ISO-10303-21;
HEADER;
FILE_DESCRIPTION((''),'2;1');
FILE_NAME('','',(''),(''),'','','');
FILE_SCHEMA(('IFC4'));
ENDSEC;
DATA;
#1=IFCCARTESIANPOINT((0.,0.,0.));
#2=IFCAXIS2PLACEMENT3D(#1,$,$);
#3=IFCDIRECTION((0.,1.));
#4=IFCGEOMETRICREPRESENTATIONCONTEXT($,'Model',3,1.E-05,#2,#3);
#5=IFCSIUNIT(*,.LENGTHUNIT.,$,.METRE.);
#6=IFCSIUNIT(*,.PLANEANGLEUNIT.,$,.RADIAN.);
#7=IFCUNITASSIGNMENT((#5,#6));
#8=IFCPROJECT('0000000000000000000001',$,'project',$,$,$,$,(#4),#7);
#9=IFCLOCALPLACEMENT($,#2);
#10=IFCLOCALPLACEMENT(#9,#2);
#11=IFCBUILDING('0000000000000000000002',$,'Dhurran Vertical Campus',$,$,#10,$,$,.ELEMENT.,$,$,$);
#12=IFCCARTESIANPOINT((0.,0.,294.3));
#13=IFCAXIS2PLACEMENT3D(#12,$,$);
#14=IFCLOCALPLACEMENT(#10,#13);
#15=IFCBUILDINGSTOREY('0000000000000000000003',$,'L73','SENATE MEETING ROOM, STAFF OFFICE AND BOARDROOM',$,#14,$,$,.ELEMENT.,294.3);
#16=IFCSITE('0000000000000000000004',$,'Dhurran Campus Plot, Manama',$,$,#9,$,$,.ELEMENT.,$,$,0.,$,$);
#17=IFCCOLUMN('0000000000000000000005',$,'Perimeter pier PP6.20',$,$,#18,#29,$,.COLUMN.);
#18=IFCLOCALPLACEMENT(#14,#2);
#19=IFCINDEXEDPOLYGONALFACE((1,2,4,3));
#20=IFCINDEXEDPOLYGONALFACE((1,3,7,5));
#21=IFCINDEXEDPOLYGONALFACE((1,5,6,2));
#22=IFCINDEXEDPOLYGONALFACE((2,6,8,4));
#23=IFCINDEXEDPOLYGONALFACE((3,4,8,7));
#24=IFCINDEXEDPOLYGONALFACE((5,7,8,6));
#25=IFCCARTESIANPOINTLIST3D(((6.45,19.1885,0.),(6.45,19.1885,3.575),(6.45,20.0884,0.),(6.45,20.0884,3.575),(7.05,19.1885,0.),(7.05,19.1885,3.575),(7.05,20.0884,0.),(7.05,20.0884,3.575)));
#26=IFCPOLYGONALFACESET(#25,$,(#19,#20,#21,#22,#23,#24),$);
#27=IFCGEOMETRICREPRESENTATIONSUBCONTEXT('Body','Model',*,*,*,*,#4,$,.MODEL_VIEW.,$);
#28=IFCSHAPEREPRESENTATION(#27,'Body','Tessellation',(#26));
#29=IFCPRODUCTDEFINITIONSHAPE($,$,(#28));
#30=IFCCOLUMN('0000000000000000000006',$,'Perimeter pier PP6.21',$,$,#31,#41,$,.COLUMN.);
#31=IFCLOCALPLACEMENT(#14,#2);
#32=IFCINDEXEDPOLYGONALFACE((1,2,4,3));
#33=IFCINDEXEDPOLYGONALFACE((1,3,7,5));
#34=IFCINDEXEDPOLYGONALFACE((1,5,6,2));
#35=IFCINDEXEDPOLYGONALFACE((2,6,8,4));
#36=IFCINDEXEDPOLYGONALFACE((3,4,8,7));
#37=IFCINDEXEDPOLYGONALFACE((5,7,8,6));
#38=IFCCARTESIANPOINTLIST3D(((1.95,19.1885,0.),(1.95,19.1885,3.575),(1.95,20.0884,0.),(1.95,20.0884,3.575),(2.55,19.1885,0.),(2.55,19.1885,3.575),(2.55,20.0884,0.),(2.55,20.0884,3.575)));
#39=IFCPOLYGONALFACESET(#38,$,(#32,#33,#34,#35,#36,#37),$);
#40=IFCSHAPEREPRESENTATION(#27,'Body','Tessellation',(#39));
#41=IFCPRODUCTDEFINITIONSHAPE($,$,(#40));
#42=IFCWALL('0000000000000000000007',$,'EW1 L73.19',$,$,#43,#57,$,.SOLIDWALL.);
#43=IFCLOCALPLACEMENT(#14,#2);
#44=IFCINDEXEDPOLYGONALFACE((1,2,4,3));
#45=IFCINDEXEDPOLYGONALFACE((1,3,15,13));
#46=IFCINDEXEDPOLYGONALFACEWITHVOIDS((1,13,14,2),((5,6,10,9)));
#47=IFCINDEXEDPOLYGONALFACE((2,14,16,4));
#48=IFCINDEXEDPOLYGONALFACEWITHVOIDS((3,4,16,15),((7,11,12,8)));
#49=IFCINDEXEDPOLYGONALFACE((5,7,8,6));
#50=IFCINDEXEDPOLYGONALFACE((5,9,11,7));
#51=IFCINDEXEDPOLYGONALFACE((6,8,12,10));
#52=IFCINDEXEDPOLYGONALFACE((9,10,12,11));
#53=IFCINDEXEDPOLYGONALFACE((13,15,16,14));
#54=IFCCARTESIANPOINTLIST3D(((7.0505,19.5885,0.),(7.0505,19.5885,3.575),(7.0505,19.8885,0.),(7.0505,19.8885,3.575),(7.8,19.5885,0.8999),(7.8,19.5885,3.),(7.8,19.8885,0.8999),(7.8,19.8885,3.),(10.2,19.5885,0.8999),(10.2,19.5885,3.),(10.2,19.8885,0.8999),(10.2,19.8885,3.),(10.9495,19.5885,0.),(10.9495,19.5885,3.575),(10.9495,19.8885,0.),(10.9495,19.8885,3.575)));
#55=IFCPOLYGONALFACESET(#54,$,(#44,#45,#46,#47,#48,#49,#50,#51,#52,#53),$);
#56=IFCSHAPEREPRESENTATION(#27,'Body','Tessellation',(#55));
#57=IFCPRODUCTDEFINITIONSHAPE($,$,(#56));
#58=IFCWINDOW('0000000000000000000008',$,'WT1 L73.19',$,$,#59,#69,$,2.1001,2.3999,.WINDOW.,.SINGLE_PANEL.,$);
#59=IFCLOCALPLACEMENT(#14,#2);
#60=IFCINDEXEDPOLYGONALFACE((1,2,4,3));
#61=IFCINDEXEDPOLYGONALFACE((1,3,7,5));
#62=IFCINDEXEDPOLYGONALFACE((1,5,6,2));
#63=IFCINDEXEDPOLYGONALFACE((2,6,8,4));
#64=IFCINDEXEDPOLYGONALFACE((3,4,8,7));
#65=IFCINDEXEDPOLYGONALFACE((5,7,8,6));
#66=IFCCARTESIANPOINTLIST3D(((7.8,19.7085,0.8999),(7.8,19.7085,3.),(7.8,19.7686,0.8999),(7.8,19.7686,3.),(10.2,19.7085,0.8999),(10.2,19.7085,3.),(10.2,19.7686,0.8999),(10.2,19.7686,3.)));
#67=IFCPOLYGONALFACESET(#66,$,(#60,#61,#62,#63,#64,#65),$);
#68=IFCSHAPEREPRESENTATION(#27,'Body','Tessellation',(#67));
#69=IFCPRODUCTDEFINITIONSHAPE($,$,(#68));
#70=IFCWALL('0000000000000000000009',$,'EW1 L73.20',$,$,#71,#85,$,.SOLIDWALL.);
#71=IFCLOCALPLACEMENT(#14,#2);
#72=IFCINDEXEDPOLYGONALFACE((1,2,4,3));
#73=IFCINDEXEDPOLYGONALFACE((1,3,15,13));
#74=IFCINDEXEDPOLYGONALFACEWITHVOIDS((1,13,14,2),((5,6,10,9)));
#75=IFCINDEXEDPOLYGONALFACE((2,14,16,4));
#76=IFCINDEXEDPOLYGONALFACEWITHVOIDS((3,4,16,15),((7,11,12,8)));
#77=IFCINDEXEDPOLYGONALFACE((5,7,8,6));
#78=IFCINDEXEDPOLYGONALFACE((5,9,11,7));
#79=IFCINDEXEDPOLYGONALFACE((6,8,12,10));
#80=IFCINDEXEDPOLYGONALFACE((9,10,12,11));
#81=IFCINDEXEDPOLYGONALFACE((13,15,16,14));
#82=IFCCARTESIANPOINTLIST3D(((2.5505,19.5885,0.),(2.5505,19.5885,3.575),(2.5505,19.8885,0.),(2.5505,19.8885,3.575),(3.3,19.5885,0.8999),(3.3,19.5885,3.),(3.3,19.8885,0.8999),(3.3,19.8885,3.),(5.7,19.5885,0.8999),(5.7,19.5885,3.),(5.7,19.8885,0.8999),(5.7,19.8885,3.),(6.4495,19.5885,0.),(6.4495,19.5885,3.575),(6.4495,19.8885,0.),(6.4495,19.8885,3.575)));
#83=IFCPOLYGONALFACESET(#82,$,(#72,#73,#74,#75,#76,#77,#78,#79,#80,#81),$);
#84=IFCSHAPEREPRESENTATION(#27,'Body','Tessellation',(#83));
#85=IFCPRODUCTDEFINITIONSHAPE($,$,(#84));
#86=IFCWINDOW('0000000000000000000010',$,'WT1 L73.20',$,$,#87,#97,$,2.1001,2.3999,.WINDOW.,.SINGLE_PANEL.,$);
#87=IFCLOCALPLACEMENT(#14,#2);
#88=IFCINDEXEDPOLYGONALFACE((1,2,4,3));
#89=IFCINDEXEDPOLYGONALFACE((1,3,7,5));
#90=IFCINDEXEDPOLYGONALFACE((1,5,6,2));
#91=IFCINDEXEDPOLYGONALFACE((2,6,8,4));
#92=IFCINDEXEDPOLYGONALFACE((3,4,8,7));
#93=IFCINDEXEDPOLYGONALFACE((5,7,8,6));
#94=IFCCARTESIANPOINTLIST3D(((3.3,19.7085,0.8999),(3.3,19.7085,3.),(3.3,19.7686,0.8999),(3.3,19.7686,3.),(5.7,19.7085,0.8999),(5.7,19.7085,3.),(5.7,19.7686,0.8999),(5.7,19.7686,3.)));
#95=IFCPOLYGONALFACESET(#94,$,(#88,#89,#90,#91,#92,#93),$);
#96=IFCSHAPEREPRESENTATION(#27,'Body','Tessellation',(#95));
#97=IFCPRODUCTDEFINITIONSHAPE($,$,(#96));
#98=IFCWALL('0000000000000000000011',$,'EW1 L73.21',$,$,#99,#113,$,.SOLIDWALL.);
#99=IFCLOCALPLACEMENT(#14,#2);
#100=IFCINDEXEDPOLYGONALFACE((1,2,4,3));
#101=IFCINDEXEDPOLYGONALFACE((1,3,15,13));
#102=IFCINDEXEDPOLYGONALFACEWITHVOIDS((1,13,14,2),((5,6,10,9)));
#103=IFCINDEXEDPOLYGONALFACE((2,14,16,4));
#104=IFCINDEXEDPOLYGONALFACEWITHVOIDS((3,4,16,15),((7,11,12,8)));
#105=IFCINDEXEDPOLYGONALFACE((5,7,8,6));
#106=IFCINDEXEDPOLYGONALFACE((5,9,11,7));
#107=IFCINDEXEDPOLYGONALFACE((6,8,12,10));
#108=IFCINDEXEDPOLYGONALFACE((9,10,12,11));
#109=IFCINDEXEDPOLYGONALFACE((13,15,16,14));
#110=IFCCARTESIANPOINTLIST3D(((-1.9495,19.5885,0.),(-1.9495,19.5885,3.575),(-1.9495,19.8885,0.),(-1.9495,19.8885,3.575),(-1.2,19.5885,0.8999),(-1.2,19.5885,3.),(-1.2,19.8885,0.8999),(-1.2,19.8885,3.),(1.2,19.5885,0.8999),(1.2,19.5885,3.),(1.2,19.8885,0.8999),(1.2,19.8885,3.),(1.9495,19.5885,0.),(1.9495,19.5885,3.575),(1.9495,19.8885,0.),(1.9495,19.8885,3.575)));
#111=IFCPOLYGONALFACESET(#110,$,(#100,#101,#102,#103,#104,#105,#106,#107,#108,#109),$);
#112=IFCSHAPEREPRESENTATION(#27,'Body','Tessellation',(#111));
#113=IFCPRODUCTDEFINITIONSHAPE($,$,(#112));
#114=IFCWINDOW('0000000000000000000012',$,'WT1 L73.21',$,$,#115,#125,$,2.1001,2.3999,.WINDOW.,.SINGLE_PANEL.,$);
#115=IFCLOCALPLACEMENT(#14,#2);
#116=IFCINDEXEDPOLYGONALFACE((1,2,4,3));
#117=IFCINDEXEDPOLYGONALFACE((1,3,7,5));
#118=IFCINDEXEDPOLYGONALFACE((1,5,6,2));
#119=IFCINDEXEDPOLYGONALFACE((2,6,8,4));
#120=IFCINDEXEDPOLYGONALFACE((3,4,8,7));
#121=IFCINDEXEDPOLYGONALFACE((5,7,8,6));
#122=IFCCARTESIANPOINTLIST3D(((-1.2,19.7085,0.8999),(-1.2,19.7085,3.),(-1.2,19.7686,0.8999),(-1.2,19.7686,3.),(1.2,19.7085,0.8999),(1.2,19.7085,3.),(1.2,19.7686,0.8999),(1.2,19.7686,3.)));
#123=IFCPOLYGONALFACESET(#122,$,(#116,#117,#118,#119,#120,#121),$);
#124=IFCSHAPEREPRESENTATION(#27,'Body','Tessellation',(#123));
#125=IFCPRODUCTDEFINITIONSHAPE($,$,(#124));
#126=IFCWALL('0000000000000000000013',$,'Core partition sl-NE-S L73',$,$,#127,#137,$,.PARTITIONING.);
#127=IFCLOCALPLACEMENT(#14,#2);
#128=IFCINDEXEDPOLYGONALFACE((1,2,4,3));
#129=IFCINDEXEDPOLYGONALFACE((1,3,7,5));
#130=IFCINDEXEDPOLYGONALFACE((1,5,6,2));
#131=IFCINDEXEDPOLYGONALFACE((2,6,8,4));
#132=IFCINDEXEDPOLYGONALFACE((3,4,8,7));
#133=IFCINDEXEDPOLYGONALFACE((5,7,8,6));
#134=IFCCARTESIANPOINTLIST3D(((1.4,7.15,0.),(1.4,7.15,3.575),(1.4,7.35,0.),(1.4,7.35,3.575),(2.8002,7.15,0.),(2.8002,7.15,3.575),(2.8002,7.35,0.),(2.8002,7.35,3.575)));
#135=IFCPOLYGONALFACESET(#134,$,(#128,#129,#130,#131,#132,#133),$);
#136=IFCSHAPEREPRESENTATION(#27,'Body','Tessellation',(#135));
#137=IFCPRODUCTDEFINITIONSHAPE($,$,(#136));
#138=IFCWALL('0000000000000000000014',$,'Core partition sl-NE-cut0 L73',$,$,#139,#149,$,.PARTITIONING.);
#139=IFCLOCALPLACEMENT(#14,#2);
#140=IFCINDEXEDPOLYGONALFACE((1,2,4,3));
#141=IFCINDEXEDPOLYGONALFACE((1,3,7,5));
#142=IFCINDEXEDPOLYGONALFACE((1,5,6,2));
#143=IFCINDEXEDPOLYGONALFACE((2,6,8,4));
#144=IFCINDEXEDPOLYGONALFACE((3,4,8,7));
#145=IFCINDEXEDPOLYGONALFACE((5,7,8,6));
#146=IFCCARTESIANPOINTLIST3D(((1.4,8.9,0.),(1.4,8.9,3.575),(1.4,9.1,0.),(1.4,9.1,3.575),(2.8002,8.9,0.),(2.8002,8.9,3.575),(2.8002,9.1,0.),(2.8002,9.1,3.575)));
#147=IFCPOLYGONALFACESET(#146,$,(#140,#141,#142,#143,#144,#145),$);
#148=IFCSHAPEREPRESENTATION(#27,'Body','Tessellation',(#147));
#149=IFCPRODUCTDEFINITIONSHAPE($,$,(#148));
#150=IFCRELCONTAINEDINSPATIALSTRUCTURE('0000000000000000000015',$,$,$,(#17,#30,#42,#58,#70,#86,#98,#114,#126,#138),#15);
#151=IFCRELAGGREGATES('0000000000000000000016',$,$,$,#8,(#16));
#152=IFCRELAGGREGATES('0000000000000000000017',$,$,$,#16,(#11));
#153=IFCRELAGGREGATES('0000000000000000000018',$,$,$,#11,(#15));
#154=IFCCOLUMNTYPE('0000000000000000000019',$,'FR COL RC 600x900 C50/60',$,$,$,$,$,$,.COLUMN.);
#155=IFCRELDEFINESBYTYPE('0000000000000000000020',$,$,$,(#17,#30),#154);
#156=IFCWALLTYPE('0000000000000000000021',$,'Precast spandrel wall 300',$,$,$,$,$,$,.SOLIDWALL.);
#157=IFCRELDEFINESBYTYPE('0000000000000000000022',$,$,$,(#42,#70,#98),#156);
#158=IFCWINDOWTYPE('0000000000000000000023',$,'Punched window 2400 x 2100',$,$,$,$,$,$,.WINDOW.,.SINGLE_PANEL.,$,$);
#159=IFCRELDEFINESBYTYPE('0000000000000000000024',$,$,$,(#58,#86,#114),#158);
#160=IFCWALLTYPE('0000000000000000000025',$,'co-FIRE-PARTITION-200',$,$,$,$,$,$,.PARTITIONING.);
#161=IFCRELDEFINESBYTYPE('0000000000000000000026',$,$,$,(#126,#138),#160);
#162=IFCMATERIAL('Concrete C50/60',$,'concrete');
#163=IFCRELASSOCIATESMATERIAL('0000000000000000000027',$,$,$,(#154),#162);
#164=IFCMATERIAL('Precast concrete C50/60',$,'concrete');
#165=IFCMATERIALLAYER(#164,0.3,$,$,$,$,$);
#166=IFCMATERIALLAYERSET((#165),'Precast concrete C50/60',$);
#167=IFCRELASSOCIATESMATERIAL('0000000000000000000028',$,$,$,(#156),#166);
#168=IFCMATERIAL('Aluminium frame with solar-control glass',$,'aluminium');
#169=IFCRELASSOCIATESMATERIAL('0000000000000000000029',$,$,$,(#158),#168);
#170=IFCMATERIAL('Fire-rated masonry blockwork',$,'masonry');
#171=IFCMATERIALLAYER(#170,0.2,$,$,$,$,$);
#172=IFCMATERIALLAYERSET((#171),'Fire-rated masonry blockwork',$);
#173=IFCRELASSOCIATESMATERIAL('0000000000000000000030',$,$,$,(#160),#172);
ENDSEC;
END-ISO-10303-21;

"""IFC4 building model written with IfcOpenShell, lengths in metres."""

from ifc_helpers import new_model, si_unit, direction, frame, frame_2d, origin, origin_2d, place, context, subcontext, project, spatial, rectangle, extrude, material, layer, layer_set, material_profile, profile_set, type_object, element, fill, save


model = new_model("IFC4")

# Units and contexts
model_context = context("Model", 3, precision=1e-05, world=origin(), true_north=direction((0.0, 1.0)))
body_context = subcontext(model_context, "Body", "Model", "MODEL_VIEW")
ifc_project = project(units=[si_unit("LENGTHUNIT", "METRE"), si_unit("PLANEANGLEUNIT", "RADIAN")], contexts=[model_context])

# Site, building, storey
site_placement = place(None, origin())
site = spatial("IfcSite", under=ifc_project, at=site_placement, Name="Dhurran Campus Plot, Manama", CompositionType="ELEMENT", RefElevation=0.0)
building_placement = place(site_placement, origin())
building = spatial("IfcBuilding", under=site, at=building_placement, Name="Dhurran Vertical Campus", CompositionType="ELEMENT")
storey_placement = place(building_placement, frame((0.0, 0.0, 294.3)))
storey = spatial("IfcBuildingStorey", under=building, at=storey_placement, Name="L73", Description="SENATE MEETING ROOM, STAFF OFFICE AND BOARDROOM", CompositionType="ELEMENT", Elevation=294.3)

# Columns
ifc_material_1 = material(Name="Concrete C50/60", Category="concrete")
ifc_material_profile = material_profile(ifc_material_1, rectangle(XDim=0.6001, YDim=0.8999, at=origin_2d()), Name="RC 600x900")
ifc_profile_set = profile_set([ifc_material_profile], Name="Concrete C50/60")
column_type = type_object("IfcColumnType", Name="FR COL RC 600x900 C50/60", PredefinedType="COLUMN", material=ifc_profile_set)
for number, where, z_axis, x_axis, name in (
    (1, (6.75, 19.6384, 0.0), (0.0, 0.0, 1.0), (-1.0, 0.0, 0.0), "Perimeter pier PP6.20"),
    (2, (2.25, 19.6384, 0.0), (0.0, 0.0, 1.0), (-1.0, 0.0, 0.0), "Perimeter pier PP6.21"),
):
    element("IfcColumn", number, at=place(storey_placement, frame(where, z_axis=z_axis, x_axis=x_axis)), inside=storey, type_object=column_type, Name=name, PredefinedType="COLUMN", context=body_context, shape_type="SweptSolid", body=[
        extrude(rectangle(XDim=0.6001, YDim=0.8999, at=origin_2d()), origin(), (0.0, 0.0, 1.0), 3.575),
    ])

# Walls, openings, windows
ifc_material_2 = material(Name="Precast concrete C50/60", Category="concrete")
ifc_layer_1 = layer(ifc_material_2, 0.3)
ifc_layer_set_1 = layer_set([ifc_layer_1], Name="Precast concrete C50/60")
wall_type_1 = type_object("IfcWallType", Name="Precast spandrel wall 300", PredefinedType="SOLIDWALL", material=ifc_layer_set_1)
wall_1_placement = place(storey_placement, frame((10.9495, 19.7385, 0.0), z_axis=(0.0, 0.0, 1.0), x_axis=(-1.0, 0.0, 0.0)))
wall_1 = element("IfcWall", 3, at=wall_1_placement, inside=storey, type_object=wall_type_1, Name="EW1 L73.19", PredefinedType="SOLIDWALL", context=body_context, shape_type="SweptSolid", body=[
    extrude(rectangle(XDim=3.8989, YDim=0.3, at=frame_2d((1.9495, 0.0))), origin(), (0.0, 0.0, 1.0), 3.575),
])
opening_1_placement = place(wall_1_placement, frame((0.7495, 0.0, 0.8999)))
opening_1 = element("IfcOpeningElement", 4, at=opening_1_placement, cuts=wall_1, PredefinedType="OPENING", context=body_context, shape_type="SweptSolid", body=[
    extrude(rectangle(XDim=2.3999, YDim=2.1001, at=frame_2d((1.2, 1.05))), frame((0.0, 0.1599, 0.0), z_axis=(0.0, -1.0, 0.0), x_axis=(1.0, 0.0, 0.0)), (0.0, 0.0, 1.0), 0.3201),
])
ifc_material_3 = material(Name="Aluminium frame with solar-control glass", Category="aluminium")
window_type = type_object("IfcWindowType", Name="Punched window 2400 x 2100", PartitioningType="SINGLE_PANEL", PredefinedType="WINDOW", material=ifc_material_3)
window_1_placement = place(opening_1_placement, origin())
window_1 = element("IfcWindow", 5, at=window_1_placement, inside=storey, type_object=window_type, Name="WT1 L73.19", OverallHeight=2.1001, OverallWidth=2.3999, PartitioningType="SINGLE_PANEL", PredefinedType="WINDOW", context=body_context, shape_type="SweptSolid", body=[
    extrude(rectangle(XDim=2.3999, YDim=2.1001, at=frame_2d((1.2, 1.05))), frame((0.0, 0.03, 0.0), z_axis=(0.0, -1.0, 0.0), x_axis=(1.0, 0.0, 0.0)), (0.0, 0.0, 1.0), 0.0601),
])
fill(opening_1, window_1)
wall_2_placement = place(storey_placement, frame((6.4495, 19.7385, 0.0), z_axis=(0.0, 0.0, 1.0), x_axis=(-1.0, 0.0, 0.0)))
wall_2 = element("IfcWall", 6, at=wall_2_placement, inside=storey, type_object=wall_type_1, Name="EW1 L73.20", PredefinedType="SOLIDWALL", context=body_context, shape_type="SweptSolid", body=[
    extrude(rectangle(XDim=3.8989, YDim=0.3, at=frame_2d((1.9495, 0.0))), origin(), (0.0, 0.0, 1.0), 3.575),
])
opening_2_placement = place(wall_2_placement, frame((0.7495, 0.0, 0.8999)))
opening_2 = element("IfcOpeningElement", 7, at=opening_2_placement, cuts=wall_2, PredefinedType="OPENING", context=body_context, shape_type="SweptSolid", body=[
    extrude(rectangle(XDim=2.3999, YDim=2.1001, at=frame_2d((1.2, 1.05))), frame((0.0, 0.1599, 0.0), z_axis=(0.0, -1.0, 0.0), x_axis=(1.0, 0.0, 0.0)), (0.0, 0.0, 1.0), 0.3201),
])
window_2_placement = place(opening_2_placement, origin())
window_2 = element("IfcWindow", 8, at=window_2_placement, inside=storey, type_object=window_type, Name="WT1 L73.20", OverallHeight=2.1001, OverallWidth=2.3999, PartitioningType="SINGLE_PANEL", PredefinedType="WINDOW", context=body_context, shape_type="SweptSolid", body=[
    extrude(rectangle(XDim=2.3999, YDim=2.1001, at=frame_2d((1.2, 1.05))), frame((0.0, 0.03, 0.0), z_axis=(0.0, -1.0, 0.0), x_axis=(1.0, 0.0, 0.0)), (0.0, 0.0, 1.0), 0.0601),
])
fill(opening_2, window_2)
wall_3_placement = place(storey_placement, frame((1.9495, 19.7385, 0.0), z_axis=(0.0, 0.0, 1.0), x_axis=(-1.0, 0.0, 0.0)))
wall_3 = element("IfcWall", 9, at=wall_3_placement, inside=storey, type_object=wall_type_1, Name="EW1 L73.21", PredefinedType="SOLIDWALL", context=body_context, shape_type="SweptSolid", body=[
    extrude(rectangle(XDim=3.8989, YDim=0.3, at=frame_2d((1.9495, 0.0))), origin(), (0.0, 0.0, 1.0), 3.575),
])
opening_3_placement = place(wall_3_placement, frame((0.7495, 0.0, 0.8999)))
opening_3 = element("IfcOpeningElement", 10, at=opening_3_placement, cuts=wall_3, PredefinedType="OPENING", context=body_context, shape_type="SweptSolid", body=[
    extrude(rectangle(XDim=2.3999, YDim=2.1001, at=frame_2d((1.2, 1.05))), frame((0.0, 0.1599, 0.0), z_axis=(0.0, -1.0, 0.0), x_axis=(1.0, 0.0, 0.0)), (0.0, 0.0, 1.0), 0.3201),
])
window_3_placement = place(opening_3_placement, origin())
window_3 = element("IfcWindow", 11, at=window_3_placement, inside=storey, type_object=window_type, Name="WT1 L73.21", OverallHeight=2.1001, OverallWidth=2.3999, PartitioningType="SINGLE_PANEL", PredefinedType="WINDOW", context=body_context, shape_type="SweptSolid", body=[
    extrude(rectangle(XDim=2.3999, YDim=2.1001, at=frame_2d((1.2, 1.05))), frame((0.0, 0.03, 0.0), z_axis=(0.0, -1.0, 0.0), x_axis=(1.0, 0.0, 0.0)), (0.0, 0.0, 1.0), 0.0601),
])
fill(opening_3, window_3)

# Walls
ifc_material_4 = material(Name="Fire-rated masonry blockwork", Category="masonry")
ifc_layer_2 = layer(ifc_material_4, 0.2)
ifc_layer_set_2 = layer_set([ifc_layer_2], Name="Fire-rated masonry blockwork")
wall_type_2 = type_object("IfcWallType", Name="co-FIRE-PARTITION-200", PredefinedType="PARTITIONING", material=ifc_layer_set_2)
for number, where, z_axis, x_axis, name in (
    (12, (1.3999, 7.25, 0.0), (0.0, 0.0, 1.0), (1.0, 0.0, 0.0), "Core partition sl-NE-S L73"),
    (13, (1.3999, 9.0, 0.0), (0.0, 0.0, 1.0), (1.0, 0.0, 0.0), "Core partition sl-NE-cut0 L73"),
):
    element("IfcWall", number, at=place(storey_placement, frame(where, z_axis=z_axis, x_axis=x_axis)), inside=storey, type_object=wall_type_2, Name=name, PredefinedType="PARTITIONING", context=body_context, shape_type="SweptSolid", body=[
        extrude(rectangle(XDim=1.4001, YDim=0.2, at=frame_2d((0.7002, 0.0))), origin(), (0.0, 0.0, 1.0), 3.575),
    ])

save(model, "model.ifc")
